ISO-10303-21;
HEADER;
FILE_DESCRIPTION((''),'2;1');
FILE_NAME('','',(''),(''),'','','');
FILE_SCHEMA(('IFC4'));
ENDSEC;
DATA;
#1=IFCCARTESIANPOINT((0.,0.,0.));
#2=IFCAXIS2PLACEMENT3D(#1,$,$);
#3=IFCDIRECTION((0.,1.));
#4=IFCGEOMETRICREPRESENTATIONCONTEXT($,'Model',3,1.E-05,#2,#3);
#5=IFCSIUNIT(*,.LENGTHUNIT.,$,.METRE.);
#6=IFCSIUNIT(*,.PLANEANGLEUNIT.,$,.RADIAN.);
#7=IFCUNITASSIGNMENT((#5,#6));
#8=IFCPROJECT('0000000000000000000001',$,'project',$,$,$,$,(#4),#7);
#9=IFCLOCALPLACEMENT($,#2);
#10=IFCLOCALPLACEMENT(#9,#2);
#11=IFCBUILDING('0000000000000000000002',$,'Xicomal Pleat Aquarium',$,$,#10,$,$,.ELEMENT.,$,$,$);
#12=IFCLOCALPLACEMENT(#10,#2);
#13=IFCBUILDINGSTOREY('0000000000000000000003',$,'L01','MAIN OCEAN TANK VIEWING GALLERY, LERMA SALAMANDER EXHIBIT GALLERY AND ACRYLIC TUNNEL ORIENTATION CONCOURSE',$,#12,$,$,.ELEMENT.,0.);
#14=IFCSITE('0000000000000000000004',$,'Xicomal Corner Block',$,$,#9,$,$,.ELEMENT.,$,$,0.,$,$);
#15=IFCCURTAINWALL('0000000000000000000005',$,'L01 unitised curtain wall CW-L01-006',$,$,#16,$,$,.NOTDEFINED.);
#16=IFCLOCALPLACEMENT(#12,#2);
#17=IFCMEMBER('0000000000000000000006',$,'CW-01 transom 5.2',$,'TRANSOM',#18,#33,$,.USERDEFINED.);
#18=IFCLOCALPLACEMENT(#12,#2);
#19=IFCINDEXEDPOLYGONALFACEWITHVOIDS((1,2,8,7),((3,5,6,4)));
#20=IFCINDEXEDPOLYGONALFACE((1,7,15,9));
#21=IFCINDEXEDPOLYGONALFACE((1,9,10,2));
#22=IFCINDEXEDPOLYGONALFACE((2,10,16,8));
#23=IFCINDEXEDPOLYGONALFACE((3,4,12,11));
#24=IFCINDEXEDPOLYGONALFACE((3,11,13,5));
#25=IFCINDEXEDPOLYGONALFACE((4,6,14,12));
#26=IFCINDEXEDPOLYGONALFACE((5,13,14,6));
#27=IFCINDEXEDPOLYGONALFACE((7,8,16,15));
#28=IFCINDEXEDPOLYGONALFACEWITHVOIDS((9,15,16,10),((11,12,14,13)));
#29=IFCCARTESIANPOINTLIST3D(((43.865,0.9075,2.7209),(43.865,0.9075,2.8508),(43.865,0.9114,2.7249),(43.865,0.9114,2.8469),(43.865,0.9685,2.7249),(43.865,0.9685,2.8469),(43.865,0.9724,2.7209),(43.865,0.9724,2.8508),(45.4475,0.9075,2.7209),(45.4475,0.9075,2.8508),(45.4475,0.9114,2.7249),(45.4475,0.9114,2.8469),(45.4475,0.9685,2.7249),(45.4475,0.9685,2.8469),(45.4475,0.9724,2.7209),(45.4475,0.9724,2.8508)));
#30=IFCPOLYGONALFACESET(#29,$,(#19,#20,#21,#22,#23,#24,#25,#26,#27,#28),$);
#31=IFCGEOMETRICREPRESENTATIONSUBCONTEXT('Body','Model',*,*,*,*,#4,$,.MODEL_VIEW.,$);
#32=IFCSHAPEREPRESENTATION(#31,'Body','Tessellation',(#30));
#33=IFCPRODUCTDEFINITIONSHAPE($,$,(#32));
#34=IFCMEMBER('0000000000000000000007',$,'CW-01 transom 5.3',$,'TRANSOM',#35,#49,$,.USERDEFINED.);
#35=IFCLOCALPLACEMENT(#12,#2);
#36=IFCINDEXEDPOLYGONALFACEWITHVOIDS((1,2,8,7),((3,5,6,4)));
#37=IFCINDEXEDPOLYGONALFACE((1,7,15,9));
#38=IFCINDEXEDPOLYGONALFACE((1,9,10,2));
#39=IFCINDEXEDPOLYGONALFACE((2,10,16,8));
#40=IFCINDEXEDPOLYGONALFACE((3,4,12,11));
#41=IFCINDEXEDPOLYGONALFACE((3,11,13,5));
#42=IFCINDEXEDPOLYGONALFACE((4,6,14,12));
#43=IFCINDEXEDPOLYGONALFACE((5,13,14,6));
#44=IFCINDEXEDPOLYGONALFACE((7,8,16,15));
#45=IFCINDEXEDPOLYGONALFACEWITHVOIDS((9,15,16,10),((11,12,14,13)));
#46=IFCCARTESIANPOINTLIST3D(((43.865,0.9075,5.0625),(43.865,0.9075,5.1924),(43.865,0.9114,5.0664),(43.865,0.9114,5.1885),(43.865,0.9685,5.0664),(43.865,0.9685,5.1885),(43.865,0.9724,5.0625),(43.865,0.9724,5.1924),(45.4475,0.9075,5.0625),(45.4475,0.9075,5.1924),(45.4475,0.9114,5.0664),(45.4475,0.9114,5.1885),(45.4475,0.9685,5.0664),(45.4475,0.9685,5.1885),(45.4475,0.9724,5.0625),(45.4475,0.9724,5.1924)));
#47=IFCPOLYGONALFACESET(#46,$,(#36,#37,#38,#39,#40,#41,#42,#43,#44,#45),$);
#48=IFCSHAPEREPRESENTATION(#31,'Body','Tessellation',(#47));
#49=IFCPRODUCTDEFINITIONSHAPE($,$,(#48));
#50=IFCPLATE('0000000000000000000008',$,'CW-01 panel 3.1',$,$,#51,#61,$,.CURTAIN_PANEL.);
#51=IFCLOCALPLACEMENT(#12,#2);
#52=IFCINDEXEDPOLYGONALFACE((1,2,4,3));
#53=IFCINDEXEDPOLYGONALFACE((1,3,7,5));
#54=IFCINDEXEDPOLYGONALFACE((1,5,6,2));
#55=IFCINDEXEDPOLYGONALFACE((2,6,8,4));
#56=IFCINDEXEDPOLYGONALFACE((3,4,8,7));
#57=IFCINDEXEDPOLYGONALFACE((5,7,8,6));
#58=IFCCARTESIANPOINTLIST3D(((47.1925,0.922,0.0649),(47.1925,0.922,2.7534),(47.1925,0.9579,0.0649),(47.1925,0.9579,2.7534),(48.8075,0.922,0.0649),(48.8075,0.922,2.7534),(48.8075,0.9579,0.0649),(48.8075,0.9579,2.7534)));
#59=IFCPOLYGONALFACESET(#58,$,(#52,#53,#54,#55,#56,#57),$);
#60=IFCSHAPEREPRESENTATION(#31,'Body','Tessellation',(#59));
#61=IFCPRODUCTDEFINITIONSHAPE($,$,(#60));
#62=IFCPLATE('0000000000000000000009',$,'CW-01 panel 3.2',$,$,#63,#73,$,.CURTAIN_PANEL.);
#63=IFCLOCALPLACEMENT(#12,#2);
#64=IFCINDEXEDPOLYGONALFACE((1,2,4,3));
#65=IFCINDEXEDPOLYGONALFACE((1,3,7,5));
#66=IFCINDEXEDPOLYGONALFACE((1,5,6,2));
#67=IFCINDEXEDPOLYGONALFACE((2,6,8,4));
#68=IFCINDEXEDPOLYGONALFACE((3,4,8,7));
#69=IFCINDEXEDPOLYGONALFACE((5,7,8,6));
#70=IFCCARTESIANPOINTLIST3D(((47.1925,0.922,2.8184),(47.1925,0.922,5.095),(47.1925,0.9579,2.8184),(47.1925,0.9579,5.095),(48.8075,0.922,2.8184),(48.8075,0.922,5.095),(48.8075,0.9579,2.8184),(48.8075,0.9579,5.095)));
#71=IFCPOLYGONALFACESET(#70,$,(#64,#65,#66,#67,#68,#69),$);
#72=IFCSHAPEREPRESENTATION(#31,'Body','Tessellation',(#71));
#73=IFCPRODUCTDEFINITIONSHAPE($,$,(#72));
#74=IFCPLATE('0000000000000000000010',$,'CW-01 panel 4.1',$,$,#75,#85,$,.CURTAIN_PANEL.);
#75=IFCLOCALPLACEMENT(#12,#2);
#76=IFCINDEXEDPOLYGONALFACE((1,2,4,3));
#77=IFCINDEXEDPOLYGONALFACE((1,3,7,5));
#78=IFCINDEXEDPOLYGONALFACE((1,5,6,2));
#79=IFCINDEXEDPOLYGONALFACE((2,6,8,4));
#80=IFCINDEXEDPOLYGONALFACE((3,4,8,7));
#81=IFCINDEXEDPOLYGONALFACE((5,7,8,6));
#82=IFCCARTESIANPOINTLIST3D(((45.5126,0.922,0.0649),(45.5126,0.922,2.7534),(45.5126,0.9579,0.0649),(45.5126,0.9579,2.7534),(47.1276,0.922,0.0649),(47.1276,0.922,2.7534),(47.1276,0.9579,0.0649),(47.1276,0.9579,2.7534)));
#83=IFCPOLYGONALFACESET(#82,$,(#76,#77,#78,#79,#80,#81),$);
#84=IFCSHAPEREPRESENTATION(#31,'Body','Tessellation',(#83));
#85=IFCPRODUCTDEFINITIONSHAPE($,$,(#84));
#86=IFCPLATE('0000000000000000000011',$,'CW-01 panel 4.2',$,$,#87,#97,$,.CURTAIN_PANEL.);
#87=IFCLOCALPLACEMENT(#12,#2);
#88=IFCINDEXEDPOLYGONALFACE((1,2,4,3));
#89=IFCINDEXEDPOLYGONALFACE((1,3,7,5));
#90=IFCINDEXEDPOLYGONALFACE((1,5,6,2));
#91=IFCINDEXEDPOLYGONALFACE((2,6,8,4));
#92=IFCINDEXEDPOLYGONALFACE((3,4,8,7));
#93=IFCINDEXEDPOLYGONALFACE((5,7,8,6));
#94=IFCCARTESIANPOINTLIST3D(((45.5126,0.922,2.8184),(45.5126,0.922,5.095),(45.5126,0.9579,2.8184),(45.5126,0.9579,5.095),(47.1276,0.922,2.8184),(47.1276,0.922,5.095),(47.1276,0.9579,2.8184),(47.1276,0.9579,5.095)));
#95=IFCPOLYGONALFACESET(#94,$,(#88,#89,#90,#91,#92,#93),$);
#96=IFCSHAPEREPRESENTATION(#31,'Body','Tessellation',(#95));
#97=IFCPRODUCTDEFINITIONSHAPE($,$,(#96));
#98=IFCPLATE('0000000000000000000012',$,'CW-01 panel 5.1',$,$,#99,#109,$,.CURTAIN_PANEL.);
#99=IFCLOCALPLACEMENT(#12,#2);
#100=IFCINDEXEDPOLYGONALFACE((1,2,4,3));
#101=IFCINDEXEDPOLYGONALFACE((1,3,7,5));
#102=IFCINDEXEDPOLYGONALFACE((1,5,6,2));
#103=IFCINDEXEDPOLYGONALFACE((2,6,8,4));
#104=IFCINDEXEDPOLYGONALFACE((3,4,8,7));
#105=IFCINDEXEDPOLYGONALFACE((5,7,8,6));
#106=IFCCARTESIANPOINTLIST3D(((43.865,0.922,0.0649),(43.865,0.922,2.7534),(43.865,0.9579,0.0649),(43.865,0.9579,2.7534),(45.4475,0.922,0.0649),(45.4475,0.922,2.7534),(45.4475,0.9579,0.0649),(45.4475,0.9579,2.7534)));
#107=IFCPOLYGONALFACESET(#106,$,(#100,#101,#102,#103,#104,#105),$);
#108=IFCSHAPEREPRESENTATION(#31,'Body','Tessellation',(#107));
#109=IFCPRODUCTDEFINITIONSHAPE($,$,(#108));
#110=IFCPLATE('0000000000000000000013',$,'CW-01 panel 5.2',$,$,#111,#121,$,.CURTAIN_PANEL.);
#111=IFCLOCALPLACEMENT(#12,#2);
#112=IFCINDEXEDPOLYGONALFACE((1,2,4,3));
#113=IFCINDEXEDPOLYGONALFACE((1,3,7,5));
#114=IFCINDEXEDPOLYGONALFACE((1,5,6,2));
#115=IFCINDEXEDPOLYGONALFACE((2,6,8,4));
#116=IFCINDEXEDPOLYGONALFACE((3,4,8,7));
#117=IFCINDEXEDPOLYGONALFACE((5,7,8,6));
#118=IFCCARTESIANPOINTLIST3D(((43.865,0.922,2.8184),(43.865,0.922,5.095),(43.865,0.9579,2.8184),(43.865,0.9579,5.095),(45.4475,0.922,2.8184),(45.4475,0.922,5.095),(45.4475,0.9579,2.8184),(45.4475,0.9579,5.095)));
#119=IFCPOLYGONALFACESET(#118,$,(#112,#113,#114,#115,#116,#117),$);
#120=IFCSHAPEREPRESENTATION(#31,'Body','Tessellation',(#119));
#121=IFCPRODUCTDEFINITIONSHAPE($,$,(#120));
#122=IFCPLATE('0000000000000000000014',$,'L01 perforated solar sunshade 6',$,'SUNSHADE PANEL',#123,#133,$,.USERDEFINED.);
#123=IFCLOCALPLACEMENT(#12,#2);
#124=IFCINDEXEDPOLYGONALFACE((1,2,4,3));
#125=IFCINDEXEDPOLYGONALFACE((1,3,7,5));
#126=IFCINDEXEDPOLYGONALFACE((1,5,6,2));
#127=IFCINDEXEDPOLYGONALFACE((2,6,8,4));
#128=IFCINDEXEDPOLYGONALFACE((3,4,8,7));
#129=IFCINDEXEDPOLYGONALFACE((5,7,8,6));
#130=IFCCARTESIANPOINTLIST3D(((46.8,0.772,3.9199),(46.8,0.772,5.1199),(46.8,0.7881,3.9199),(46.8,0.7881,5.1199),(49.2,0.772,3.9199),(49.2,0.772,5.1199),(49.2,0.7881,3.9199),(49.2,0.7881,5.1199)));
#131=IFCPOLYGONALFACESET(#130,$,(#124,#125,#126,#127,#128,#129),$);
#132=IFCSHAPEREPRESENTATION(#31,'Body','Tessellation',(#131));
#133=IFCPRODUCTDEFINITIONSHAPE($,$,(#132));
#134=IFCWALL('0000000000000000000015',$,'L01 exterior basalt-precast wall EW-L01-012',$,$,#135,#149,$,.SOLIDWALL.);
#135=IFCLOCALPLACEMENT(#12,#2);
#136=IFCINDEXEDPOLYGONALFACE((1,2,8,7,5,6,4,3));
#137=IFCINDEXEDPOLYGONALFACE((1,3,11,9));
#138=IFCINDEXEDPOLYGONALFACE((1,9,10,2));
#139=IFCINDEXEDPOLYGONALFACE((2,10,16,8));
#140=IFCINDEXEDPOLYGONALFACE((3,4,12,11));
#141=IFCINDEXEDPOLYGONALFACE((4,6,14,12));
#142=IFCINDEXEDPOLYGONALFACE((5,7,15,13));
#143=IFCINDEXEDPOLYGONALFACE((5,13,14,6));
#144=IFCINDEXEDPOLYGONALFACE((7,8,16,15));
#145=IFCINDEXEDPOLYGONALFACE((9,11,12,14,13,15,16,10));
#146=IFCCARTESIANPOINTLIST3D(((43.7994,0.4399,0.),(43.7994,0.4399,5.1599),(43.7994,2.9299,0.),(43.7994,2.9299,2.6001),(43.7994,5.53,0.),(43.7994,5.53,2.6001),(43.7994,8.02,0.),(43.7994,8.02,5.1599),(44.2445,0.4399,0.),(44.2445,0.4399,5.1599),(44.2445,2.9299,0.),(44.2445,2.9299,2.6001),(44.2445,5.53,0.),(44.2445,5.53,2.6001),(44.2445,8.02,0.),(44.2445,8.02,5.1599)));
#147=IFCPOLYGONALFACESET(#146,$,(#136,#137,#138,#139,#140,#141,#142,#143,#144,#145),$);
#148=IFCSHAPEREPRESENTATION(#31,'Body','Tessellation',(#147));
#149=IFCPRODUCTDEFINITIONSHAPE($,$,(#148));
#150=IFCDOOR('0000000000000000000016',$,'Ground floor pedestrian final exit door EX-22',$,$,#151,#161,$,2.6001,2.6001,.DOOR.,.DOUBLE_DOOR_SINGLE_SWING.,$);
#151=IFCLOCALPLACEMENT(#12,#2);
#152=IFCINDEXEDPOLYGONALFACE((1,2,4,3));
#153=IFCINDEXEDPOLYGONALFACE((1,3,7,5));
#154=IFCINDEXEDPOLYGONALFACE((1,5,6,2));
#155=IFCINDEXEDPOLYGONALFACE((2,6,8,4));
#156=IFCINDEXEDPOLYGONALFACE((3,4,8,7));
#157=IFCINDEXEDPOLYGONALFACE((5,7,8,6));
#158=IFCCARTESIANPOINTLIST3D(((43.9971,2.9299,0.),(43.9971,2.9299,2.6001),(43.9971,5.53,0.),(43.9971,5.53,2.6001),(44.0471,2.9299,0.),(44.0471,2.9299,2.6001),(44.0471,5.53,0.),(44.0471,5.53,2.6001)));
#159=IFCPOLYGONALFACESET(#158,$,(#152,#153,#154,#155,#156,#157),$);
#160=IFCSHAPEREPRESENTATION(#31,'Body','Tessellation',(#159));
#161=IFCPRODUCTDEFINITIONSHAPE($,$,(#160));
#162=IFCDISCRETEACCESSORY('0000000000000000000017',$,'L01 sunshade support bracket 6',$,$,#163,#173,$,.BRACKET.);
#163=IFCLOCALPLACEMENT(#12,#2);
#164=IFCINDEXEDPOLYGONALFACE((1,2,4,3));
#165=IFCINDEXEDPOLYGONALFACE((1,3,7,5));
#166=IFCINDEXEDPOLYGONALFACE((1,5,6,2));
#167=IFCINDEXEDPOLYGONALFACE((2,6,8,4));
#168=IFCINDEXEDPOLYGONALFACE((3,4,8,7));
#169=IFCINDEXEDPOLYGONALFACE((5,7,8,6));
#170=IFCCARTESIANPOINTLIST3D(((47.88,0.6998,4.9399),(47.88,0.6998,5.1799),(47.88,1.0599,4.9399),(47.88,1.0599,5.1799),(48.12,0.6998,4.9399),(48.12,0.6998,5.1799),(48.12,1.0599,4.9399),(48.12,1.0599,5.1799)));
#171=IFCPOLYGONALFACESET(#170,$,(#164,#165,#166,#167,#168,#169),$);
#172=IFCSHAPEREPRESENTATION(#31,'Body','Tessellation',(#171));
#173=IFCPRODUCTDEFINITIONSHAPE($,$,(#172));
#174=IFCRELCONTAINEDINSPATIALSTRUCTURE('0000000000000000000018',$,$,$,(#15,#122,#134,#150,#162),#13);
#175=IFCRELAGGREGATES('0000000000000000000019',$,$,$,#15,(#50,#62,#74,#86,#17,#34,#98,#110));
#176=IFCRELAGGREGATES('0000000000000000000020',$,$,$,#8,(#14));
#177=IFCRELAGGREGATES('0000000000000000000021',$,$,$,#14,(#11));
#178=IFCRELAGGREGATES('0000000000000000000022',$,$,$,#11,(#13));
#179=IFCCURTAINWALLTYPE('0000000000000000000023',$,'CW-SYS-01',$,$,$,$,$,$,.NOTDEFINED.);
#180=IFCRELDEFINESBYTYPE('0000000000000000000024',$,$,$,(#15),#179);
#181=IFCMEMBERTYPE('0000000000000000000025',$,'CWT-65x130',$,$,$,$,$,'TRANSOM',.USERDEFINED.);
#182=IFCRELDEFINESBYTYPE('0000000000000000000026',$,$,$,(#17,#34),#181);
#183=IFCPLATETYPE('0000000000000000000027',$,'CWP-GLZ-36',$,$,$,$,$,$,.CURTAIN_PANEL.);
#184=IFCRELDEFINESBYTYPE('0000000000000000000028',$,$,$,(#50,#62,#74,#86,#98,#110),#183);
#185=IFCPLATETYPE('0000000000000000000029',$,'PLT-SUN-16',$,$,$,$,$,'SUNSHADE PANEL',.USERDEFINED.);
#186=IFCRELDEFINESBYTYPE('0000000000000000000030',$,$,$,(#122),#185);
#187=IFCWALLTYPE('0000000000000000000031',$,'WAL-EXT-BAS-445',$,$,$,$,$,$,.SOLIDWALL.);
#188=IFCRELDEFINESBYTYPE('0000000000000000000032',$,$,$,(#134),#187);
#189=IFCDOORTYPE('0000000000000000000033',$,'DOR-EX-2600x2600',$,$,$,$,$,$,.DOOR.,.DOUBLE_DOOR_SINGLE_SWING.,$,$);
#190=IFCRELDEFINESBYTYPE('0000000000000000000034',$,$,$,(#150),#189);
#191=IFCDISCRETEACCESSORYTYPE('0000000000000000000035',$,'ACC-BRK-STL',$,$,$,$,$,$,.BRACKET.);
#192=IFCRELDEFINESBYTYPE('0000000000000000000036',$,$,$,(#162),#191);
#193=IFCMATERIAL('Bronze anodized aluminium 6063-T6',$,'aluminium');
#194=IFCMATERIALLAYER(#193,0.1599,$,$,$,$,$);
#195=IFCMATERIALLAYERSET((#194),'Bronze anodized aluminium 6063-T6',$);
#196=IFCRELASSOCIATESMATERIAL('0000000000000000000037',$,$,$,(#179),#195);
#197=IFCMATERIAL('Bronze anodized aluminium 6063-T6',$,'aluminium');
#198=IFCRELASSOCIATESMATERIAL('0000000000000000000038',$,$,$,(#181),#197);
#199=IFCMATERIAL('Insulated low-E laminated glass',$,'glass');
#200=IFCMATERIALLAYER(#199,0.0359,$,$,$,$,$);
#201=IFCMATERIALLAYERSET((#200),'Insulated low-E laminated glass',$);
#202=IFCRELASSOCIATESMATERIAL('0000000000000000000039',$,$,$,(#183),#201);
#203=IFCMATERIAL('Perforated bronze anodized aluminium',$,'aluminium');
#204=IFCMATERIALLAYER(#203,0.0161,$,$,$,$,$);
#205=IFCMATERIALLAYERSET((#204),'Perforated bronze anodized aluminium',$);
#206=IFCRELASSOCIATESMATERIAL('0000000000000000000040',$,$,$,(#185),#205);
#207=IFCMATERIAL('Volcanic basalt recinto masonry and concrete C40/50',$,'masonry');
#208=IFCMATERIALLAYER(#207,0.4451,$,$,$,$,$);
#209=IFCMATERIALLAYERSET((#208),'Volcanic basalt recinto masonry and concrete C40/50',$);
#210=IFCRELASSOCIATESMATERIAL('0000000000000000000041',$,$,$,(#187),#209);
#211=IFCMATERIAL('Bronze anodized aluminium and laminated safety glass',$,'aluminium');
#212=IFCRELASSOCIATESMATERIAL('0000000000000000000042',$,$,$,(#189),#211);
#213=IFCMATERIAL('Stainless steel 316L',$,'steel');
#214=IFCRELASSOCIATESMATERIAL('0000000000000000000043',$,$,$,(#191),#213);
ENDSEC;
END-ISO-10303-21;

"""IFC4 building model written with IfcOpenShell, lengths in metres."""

from ifc_helpers import new_model, si_unit, direction, frame, frame_2d, origin, origin_2d, place, context, subcontext, project, spatial, rectangle, hollow_rectangle, extrude, material, layer, layer_set, material_profile, profile_set, type_object, element, fill, aggregate, save


model = new_model("IFC4")

# Units and contexts
model_context = context("Model", 3, precision=1e-05, world=origin(), true_north=direction((0.0, 1.0)))
body_context = subcontext(model_context, "Body", "Model", "MODEL_VIEW")
ifc_project = project(units=[si_unit("LENGTHUNIT", "METRE"), si_unit("PLANEANGLEUNIT", "RADIAN")], contexts=[model_context])

# Site, building, storey
site_placement = place(None, origin())
site = spatial("IfcSite", under=ifc_project, at=site_placement, Name="Xicomal Corner Block", CompositionType="ELEMENT", RefElevation=0.0)
building_placement = place(site_placement, origin())
building = spatial("IfcBuilding", under=site, at=building_placement, Name="Xicomal Pleat Aquarium", CompositionType="ELEMENT")
storey_placement = place(building_placement, origin())
storey = spatial("IfcBuildingStorey", under=building, at=storey_placement, Name="L01", Description="MAIN OCEAN TANK VIEWING GALLERY, LERMA SALAMANDER EXHIBIT GALLERY AND ACRYLIC TUNNEL ORIENTATION CONCOURSE", CompositionType="ELEMENT", Elevation=0.0)

# Curtain wall, members, plates
ifc_material_1 = material(Name="Bronze anodized aluminium 6063-T6", Category="aluminium")
ifc_layer_1 = layer(ifc_material_1, 0.1599)
ifc_layer_set_1 = layer_set([ifc_layer_1], Name="Bronze anodized aluminium 6063-T6")
curtain_wall_type = type_object("IfcCurtainWallType", Name="CW-SYS-01", PredefinedType="NOTDEFINED", material=ifc_layer_set_1)
curtain_wall_placement = place(storey_placement, origin())
curtain_wall = element("IfcCurtainWall", 1, at=curtain_wall_placement, inside=storey, type_object=curtain_wall_type, Name="L01 unitised curtain wall CW-L01-006", PredefinedType="NOTDEFINED")
ifc_material_2 = material(Name="Bronze anodized aluminium 6063-T6", Category="aluminium")
ifc_material_profile_1 = material_profile(ifc_material_2, hollow_rectangle(XDim=0.0649, YDim=0.1299, WallThickness=0.0039, at=origin_2d()), Name="ALU TRAN 65x130")
ifc_profile_set_1 = profile_set([ifc_material_profile_1], Name="Bronze anodized aluminium 6063-T6")
member_type_1 = type_object("IfcMemberType", Name="CWT-65x130", ElementType="TRANSOM", PredefinedType="USERDEFINED", material=ifc_profile_set_1)
member_1_placement = place(storey_placement, frame((45.4475, 0.9399, 2.7859), z_axis=(-1.0, 0.0, 0.0), x_axis=(0.0, -1.0, 0.0)))
member_1 = element("IfcMember", 2, at=member_1_placement, type_object=member_type_1, Name="CW-01 transom 5.2", ObjectType="TRANSOM", PredefinedType="USERDEFINED", context=body_context, shape_type="SweptSolid", body=[
    extrude(hollow_rectangle(XDim=0.0649, YDim=0.1299, WallThickness=0.0039, at=origin_2d()), origin(), (0.0, 0.0, 1.0), 1.5825),
])
member_2_placement = place(storey_placement, frame((45.4475, 0.9399, 5.1274), z_axis=(-1.0, 0.0, 0.0), x_axis=(0.0, -1.0, 0.0)))
member_2 = element("IfcMember", 3, at=member_2_placement, type_object=member_type_1, Name="CW-01 transom 5.3", ObjectType="TRANSOM", PredefinedType="USERDEFINED", context=body_context, shape_type="SweptSolid", body=[
    extrude(hollow_rectangle(XDim=0.0649, YDim=0.1299, WallThickness=0.0039, at=origin_2d()), origin(), (0.0, 0.0, 1.0), 1.5825),
])
ifc_material_3 = material(Name="Insulated low-E laminated glass", Category="glass")
ifc_layer_2 = layer(ifc_material_3, 0.0359)
ifc_layer_set_2 = layer_set([ifc_layer_2], Name="Insulated low-E laminated glass")
plate_type_1 = type_object("IfcPlateType", Name="CWP-GLZ-36", PredefinedType="CURTAIN_PANEL", material=ifc_layer_set_2)
plate_1_placement = place(storey_placement, frame((48.0, 0.9399, 0.0649), z_axis=(0.0, 0.0, 1.0), x_axis=(-1.0, 0.0, 0.0)))
plate_1 = element("IfcPlate", 4, at=plate_1_placement, type_object=plate_type_1, Name="CW-01 panel 3.1", PredefinedType="CURTAIN_PANEL", context=body_context, shape_type="SweptSolid", body=[
    extrude(rectangle(XDim=1.615, YDim=0.0359, at=origin_2d()), origin(), (0.0, 0.0, 1.0), 2.6885),
])
plate_2_placement = place(storey_placement, frame((48.0, 0.9399, 2.8184), z_axis=(0.0, 0.0, 1.0), x_axis=(-1.0, 0.0, 0.0)))
plate_2 = element("IfcPlate", 5, at=plate_2_placement, type_object=plate_type_1, Name="CW-01 panel 3.2", PredefinedType="CURTAIN_PANEL", context=body_context, shape_type="SweptSolid", body=[
    extrude(rectangle(XDim=1.615, YDim=0.0359, at=origin_2d()), origin(), (0.0, 0.0, 1.0), 2.2766),
])
plate_3_placement = place(storey_placement, frame((46.3201, 0.9399, 0.0649), z_axis=(0.0, 0.0, 1.0), x_axis=(-1.0, 0.0, 0.0)))
plate_3 = element("IfcPlate", 6, at=plate_3_placement, type_object=plate_type_1, Name="CW-01 panel 4.1", PredefinedType="CURTAIN_PANEL", context=body_context, shape_type="SweptSolid", body=[
    extrude(rectangle(XDim=1.615, YDim=0.0359, at=origin_2d()), origin(), (0.0, 0.0, 1.0), 2.6885),
])
plate_4_placement = place(storey_placement, frame((46.3201, 0.9399, 2.8184), z_axis=(0.0, 0.0, 1.0), x_axis=(-1.0, 0.0, 0.0)))
plate_4 = element("IfcPlate", 7, at=plate_4_placement, type_object=plate_type_1, Name="CW-01 panel 4.2", PredefinedType="CURTAIN_PANEL", context=body_context, shape_type="SweptSolid", body=[
    extrude(rectangle(XDim=1.615, YDim=0.0359, at=origin_2d()), origin(), (0.0, 0.0, 1.0), 2.2766),
])
plate_5_placement = place(storey_placement, frame((44.6562, 0.9399, 0.0649), z_axis=(0.0, 0.0, 1.0), x_axis=(-1.0, 0.0, 0.0)))
plate_5 = element("IfcPlate", 8, at=plate_5_placement, type_object=plate_type_1, Name="CW-01 panel 5.1", PredefinedType="CURTAIN_PANEL", context=body_context, shape_type="SweptSolid", body=[
    extrude(rectangle(XDim=1.5825, YDim=0.0359, at=origin_2d()), origin(), (0.0, 0.0, 1.0), 2.6885),
])
plate_6_placement = place(storey_placement, frame((44.6562, 0.9399, 2.8184), z_axis=(0.0, 0.0, 1.0), x_axis=(-1.0, 0.0, 0.0)))
plate_6 = element("IfcPlate", 9, at=plate_6_placement, type_object=plate_type_1, Name="CW-01 panel 5.2", PredefinedType="CURTAIN_PANEL", context=body_context, shape_type="SweptSolid", body=[
    extrude(rectangle(XDim=1.5825, YDim=0.0359, at=origin_2d()), origin(), (0.0, 0.0, 1.0), 2.2766),
])
aggregate(curtain_wall, [plate_1, plate_2, plate_3, plate_4, member_1, member_2, plate_5, plate_6])

# Plate
ifc_material_4 = material(Name="Perforated bronze anodized aluminium", Category="aluminium")
ifc_layer_3 = layer(ifc_material_4, 0.0161)
ifc_layer_set_3 = layer_set([ifc_layer_3], Name="Perforated bronze anodized aluminium")
plate_type_2 = type_object("IfcPlateType", Name="PLT-SUN-16", ElementType="SUNSHADE PANEL", PredefinedType="USERDEFINED", material=ifc_layer_set_3)
plate_7_placement = place(storey_placement, frame((48.0, 0.78, 3.9199), z_axis=(0.0, 0.0, 1.0), x_axis=(-1.0, 0.0, 0.0)))
element("IfcPlate", 10, at=plate_7_placement, inside=storey, type_object=plate_type_2, Name="L01 perforated solar sunshade 6", ObjectType="SUNSHADE PANEL", PredefinedType="USERDEFINED", context=body_context, shape_type="SweptSolid", body=[
    extrude(rectangle(XDim=2.3999, YDim=0.0161, at=origin_2d()), origin(), (0.0, 0.0, 1.0), 1.2),
])

# Wall, opening, door
ifc_material_5 = material(Name="Volcanic basalt recinto masonry and concrete C40/50", Category="masonry")
ifc_layer_4 = layer(ifc_material_5, 0.4451)
ifc_layer_set_4 = layer_set([ifc_layer_4], Name="Volcanic basalt recinto masonry and concrete C40/50")
wall_type = type_object("IfcWallType", Name="WAL-EXT-BAS-445", PredefinedType="SOLIDWALL", material=ifc_layer_set_4)
wall_placement = place(storey_placement, frame((44.022, 0.4399, 0.0), z_axis=(0.0, 0.0, 1.0), x_axis=(0.0, 1.0, 0.0)))
wall = element("IfcWall", 11, at=wall_placement, inside=storey, type_object=wall_type, Name="L01 exterior basalt-precast wall EW-L01-012", PredefinedType="SOLIDWALL", context=body_context, shape_type="SweptSolid", body=[
    extrude(rectangle(XDim=7.5801, YDim=0.4451, at=frame_2d((3.79, 0.0))), origin(), (0.0, 0.0, 1.0), 5.1599),
])
opening_placement = place(wall_placement, frame((2.49, 0.0, 0.0)))
opening = element("IfcOpeningElement", 12, at=opening_placement, cuts=wall, PredefinedType="OPENING", context=body_context, shape_type="SweptSolid", body=[
    extrude(rectangle(XDim=2.6001, YDim=2.6001, at=frame_2d((1.3, 1.3))), frame((0.0, 0.2324, 0.0), z_axis=(0.0, -1.0, 0.0), x_axis=(1.0, 0.0, 0.0)), (0.0, 0.0, 1.0), 0.4651),
])
ifc_material_6 = material(Name="Bronze anodized aluminium and laminated safety glass", Category="aluminium")
door_type = type_object("IfcDoorType", Name="DOR-EX-2600x2600", OperationType="DOUBLE_DOOR_SINGLE_SWING", PredefinedType="DOOR", material=ifc_material_6)
door_placement = place(opening_placement, origin())
door = element("IfcDoor", 13, at=door_placement, inside=storey, type_object=door_type, Name="Ground floor pedestrian final exit door EX-22", OperationType="DOUBLE_DOOR_SINGLE_SWING", OverallHeight=2.6001, OverallWidth=2.6001, PredefinedType="DOOR", context=body_context, shape_type="SweptSolid", body=[
    extrude(rectangle(XDim=2.6001, YDim=2.6001, at=frame_2d((1.3, 1.3))), frame((0.0, 0.0249, 0.0), z_axis=(0.0, -1.0, 0.0), x_axis=(1.0, 0.0, 0.0)), (0.0, 0.0, 1.0), 0.05),
])
fill(opening, door)

# Discrete accessory
ifc_material_7 = material(Name="Stainless steel 316L", Category="steel")
discrete_accessory_type = type_object("IfcDiscreteAccessoryType", Name="ACC-BRK-STL", PredefinedType="BRACKET", material=ifc_material_7)
discrete_accessory_placement = place(storey_placement, frame((48.0, 0.8799, 4.9399), z_axis=(0.0, 0.0, 1.0), x_axis=(-1.0, 0.0, 0.0)))
element("IfcDiscreteAccessory", 14, at=discrete_accessory_placement, inside=storey, type_object=discrete_accessory_type, Name="L01 sunshade support bracket 6", PredefinedType="BRACKET", context=body_context, shape_type="SweptSolid", body=[
    extrude(rectangle(XDim=0.24, YDim=0.3601, at=origin_2d()), origin(), (0.0, 0.0, 1.0), 0.24),
])

save(model, "model.ifc")
